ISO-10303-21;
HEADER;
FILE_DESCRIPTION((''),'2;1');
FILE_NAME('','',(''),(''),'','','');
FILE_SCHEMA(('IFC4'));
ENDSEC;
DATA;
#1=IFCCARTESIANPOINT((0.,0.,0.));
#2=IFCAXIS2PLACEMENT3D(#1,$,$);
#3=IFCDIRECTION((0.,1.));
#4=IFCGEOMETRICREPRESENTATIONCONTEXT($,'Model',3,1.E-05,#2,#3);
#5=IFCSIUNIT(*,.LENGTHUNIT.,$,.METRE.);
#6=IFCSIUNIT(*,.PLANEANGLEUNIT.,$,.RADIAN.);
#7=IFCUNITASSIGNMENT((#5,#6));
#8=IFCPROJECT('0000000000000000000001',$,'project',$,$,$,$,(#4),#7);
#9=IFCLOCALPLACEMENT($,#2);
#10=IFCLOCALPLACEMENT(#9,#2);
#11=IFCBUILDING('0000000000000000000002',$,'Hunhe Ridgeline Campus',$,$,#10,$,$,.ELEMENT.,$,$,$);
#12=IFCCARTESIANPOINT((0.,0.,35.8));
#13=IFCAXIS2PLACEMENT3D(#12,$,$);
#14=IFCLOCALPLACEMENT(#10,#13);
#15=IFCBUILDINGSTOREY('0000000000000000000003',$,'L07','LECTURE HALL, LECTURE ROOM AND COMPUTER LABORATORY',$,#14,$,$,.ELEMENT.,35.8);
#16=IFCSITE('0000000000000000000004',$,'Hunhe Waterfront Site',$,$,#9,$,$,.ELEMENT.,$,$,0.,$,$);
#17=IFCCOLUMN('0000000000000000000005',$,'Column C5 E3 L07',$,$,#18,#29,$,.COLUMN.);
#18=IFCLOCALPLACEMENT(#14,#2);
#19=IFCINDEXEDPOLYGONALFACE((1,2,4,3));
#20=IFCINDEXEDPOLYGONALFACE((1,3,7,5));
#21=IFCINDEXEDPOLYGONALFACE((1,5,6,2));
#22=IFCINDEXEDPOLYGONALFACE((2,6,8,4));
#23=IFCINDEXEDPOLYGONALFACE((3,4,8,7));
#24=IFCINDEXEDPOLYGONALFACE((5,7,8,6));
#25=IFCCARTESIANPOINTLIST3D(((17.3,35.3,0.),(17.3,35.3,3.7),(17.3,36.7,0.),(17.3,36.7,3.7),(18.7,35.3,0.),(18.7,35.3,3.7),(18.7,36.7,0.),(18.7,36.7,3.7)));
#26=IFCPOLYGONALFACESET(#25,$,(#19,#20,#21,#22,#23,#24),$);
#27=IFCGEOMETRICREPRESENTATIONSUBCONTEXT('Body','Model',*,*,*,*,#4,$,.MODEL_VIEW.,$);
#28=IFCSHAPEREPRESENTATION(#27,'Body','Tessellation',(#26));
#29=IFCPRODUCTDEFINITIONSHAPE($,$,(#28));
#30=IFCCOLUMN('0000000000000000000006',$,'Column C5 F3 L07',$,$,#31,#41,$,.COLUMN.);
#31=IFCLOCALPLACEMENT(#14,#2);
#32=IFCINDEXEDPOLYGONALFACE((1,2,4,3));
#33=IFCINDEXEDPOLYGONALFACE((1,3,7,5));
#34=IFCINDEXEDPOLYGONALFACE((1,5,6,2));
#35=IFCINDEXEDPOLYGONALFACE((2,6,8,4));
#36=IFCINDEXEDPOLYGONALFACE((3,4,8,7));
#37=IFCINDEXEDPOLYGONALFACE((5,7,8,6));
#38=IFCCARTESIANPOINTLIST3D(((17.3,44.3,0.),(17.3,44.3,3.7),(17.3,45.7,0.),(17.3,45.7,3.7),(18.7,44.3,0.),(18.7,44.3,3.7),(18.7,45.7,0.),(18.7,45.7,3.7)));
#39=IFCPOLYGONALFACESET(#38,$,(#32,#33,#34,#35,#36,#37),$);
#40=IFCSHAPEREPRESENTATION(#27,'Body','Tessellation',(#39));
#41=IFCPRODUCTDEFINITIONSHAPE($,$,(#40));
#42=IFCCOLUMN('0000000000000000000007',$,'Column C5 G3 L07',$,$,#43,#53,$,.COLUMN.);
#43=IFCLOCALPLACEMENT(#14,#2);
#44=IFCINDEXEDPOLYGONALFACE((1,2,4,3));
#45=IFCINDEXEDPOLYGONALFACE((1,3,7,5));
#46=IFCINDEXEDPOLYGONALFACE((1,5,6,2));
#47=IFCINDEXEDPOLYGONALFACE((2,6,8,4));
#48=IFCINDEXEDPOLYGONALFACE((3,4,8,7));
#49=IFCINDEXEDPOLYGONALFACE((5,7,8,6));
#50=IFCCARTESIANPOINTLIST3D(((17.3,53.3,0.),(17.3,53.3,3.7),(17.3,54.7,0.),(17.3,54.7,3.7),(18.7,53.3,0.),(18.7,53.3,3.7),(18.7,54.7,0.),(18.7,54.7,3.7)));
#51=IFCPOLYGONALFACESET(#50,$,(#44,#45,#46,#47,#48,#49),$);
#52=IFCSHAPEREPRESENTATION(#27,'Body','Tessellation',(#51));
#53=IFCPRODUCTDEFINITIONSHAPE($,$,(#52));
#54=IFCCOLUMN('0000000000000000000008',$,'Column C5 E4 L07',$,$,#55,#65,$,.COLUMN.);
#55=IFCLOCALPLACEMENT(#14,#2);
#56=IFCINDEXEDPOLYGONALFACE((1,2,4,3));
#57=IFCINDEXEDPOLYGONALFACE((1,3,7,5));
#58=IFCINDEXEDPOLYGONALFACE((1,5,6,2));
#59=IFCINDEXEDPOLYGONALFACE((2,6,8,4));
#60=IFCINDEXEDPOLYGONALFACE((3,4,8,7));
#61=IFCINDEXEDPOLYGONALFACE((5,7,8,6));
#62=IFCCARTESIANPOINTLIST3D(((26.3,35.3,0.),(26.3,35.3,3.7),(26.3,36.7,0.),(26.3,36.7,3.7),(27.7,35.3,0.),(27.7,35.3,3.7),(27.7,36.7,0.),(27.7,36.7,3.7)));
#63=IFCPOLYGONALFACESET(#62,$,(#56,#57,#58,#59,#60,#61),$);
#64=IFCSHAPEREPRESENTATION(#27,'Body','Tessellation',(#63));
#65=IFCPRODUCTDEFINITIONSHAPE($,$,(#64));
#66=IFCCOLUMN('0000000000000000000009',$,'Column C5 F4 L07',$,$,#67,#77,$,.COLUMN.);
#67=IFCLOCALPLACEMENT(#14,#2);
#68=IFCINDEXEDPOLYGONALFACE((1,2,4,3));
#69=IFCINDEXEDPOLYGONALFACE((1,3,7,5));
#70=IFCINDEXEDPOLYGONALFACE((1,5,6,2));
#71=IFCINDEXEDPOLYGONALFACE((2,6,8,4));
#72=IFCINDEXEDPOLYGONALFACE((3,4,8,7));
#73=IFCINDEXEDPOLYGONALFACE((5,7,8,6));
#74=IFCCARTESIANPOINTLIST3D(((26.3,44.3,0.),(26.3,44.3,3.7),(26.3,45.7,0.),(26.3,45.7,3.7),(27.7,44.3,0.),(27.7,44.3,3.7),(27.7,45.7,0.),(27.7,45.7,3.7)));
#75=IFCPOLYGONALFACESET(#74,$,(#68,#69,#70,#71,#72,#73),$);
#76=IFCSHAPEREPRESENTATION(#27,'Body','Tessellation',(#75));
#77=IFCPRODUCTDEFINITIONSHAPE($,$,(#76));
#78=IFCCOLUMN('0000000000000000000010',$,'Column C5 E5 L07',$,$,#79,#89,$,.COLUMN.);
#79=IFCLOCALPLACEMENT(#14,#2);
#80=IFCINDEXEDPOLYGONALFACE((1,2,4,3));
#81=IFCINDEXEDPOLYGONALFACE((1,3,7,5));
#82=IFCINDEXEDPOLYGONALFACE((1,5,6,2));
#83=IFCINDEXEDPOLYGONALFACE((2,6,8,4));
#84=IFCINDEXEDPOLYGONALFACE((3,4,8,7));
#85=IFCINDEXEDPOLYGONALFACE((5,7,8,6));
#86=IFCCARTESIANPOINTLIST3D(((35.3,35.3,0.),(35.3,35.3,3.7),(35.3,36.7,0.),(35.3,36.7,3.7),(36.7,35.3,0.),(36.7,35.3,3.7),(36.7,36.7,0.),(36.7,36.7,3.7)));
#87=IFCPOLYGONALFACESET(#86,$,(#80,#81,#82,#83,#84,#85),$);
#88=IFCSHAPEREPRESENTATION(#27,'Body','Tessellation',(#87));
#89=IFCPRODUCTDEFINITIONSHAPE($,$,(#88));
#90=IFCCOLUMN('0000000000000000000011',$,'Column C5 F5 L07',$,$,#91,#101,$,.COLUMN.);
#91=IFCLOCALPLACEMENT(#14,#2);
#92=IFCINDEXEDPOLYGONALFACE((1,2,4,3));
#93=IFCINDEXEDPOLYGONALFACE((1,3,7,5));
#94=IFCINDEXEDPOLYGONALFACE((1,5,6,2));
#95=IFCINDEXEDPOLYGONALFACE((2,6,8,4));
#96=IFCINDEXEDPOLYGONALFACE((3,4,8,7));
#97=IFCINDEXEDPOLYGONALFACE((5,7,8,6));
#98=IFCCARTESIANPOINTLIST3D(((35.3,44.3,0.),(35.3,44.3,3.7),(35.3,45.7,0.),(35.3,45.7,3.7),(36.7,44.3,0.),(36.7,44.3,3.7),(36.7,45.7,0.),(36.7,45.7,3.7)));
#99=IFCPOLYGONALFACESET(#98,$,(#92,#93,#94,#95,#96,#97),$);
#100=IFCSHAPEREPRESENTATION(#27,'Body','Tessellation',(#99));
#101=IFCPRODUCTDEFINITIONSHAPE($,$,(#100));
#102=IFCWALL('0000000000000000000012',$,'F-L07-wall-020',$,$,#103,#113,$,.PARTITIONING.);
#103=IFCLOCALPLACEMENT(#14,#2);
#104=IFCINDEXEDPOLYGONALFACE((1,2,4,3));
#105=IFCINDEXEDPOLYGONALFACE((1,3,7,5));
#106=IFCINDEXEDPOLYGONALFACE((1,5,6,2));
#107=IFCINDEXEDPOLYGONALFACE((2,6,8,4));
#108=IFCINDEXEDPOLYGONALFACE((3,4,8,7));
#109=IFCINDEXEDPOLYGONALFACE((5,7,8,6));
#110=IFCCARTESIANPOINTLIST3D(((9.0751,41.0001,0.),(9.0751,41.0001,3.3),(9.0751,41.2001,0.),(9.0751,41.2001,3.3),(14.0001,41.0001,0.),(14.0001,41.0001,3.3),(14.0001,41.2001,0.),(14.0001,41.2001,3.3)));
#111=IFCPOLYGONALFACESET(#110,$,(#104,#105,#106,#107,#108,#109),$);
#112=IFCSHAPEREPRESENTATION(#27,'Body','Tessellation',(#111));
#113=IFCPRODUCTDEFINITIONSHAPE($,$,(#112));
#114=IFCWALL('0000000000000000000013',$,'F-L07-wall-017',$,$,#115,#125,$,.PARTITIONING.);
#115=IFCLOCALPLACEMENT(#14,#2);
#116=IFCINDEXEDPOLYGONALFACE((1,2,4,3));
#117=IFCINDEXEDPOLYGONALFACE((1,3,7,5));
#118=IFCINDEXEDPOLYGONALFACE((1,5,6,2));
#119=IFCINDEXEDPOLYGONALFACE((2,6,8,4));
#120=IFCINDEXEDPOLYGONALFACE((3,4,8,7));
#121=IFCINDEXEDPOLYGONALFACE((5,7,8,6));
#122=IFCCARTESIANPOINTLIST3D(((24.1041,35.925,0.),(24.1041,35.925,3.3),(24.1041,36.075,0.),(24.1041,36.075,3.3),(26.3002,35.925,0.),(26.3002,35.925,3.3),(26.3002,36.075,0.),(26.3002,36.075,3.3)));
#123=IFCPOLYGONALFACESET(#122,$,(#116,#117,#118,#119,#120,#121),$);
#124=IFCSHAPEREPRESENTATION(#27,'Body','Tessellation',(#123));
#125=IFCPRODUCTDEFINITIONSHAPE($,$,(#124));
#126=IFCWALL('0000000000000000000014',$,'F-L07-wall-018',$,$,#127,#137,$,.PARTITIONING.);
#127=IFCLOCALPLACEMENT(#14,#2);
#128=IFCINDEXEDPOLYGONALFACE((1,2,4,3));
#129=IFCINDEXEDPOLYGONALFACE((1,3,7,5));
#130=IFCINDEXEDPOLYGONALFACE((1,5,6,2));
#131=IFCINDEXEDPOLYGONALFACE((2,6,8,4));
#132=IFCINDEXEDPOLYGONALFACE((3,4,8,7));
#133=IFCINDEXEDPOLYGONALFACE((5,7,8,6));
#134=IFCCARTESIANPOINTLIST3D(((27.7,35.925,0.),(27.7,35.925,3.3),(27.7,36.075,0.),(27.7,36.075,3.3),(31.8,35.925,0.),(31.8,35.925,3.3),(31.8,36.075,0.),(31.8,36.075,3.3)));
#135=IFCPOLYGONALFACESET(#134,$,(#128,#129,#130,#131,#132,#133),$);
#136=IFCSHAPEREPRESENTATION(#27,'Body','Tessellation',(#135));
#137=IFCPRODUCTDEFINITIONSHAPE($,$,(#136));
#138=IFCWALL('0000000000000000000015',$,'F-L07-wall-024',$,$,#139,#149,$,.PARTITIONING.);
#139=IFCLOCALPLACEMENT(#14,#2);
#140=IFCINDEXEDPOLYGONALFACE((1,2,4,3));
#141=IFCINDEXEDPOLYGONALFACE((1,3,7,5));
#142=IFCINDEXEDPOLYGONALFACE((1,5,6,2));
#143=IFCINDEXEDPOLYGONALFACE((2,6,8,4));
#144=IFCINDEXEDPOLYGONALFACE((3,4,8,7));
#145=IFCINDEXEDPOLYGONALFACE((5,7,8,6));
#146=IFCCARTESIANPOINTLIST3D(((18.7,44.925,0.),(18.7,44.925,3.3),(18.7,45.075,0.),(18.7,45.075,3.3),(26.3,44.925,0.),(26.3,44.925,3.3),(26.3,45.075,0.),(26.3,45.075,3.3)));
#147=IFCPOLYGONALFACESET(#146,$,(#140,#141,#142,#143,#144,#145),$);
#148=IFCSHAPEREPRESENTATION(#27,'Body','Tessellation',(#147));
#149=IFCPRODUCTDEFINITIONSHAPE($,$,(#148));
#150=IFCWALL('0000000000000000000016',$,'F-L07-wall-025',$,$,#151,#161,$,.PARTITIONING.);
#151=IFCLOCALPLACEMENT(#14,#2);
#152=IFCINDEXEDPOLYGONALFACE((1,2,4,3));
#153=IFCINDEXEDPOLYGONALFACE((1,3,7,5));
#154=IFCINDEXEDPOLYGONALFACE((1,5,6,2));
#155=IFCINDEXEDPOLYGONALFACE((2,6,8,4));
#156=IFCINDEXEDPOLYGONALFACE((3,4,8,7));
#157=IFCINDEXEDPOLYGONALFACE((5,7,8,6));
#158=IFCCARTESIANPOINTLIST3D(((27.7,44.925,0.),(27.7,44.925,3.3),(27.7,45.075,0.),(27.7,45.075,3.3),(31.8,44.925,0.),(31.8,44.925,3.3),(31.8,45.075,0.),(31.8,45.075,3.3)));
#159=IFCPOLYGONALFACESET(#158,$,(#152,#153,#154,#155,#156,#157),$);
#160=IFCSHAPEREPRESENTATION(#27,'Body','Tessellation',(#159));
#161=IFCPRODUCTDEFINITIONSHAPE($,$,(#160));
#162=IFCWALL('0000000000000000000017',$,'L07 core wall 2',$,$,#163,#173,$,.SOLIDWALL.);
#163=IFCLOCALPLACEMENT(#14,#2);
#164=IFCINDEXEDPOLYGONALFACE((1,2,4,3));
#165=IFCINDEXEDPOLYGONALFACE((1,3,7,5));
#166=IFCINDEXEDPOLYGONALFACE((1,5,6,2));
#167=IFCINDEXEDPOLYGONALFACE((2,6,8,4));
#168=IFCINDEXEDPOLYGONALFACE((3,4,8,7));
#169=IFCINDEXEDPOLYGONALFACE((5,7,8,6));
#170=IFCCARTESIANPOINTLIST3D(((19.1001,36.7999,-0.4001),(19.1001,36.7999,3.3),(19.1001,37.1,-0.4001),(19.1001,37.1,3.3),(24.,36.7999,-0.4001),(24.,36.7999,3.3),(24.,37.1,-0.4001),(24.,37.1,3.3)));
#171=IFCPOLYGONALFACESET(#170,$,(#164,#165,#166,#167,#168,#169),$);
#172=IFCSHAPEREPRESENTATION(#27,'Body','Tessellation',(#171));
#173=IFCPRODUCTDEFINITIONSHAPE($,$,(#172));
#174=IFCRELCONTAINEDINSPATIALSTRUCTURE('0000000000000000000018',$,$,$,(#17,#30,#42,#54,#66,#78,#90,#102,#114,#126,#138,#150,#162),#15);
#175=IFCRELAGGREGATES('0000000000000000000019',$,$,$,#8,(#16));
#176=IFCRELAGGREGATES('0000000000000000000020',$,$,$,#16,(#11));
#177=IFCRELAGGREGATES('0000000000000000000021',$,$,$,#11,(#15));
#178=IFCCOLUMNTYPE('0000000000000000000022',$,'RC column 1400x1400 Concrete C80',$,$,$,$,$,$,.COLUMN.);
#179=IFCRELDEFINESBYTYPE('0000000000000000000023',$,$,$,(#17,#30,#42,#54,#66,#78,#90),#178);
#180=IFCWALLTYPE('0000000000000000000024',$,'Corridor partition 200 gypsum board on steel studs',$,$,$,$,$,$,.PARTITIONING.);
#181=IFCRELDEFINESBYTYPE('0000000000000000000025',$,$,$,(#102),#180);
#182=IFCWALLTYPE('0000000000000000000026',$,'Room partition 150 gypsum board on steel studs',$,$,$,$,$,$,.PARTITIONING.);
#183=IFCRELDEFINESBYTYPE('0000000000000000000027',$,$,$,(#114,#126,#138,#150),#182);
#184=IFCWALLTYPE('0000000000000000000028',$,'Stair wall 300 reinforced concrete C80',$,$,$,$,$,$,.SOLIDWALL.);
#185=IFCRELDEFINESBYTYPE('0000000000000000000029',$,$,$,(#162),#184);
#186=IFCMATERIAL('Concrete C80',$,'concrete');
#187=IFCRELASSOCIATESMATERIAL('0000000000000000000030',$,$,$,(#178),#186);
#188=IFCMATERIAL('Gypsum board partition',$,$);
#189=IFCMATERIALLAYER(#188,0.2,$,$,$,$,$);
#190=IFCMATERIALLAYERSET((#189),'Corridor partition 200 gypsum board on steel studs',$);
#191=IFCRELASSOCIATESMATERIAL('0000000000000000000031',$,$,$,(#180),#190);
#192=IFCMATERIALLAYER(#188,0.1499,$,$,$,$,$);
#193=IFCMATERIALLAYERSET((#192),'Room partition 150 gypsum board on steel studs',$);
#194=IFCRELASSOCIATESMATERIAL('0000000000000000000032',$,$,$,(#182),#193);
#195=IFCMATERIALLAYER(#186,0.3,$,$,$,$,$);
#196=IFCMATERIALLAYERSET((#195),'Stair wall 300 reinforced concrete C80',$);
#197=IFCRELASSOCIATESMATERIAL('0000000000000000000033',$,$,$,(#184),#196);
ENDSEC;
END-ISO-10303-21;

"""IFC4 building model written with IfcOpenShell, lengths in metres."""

from ifc_helpers import new_model, si_unit, direction, frame, frame_2d, origin, origin_2d, place, context, subcontext, project, spatial, rectangle, extrude, material, layer, layer_set, material_profile, profile_set, type_object, element, save


model = new_model("IFC4")

# Units and contexts
model_context = context("Model", 3, precision=1e-05, world=origin(), true_north=direction((0.0, 1.0)))
body_context = subcontext(model_context, "Body", "Model", "MODEL_VIEW")
ifc_project = project(units=[si_unit("LENGTHUNIT", "METRE"), si_unit("PLANEANGLEUNIT", "RADIAN")], contexts=[model_context])

# Site, building, storey
site_placement = place(None, origin())
site = spatial("IfcSite", under=ifc_project, at=site_placement, Name="Hunhe Waterfront Site", CompositionType="ELEMENT", RefElevation=0.0)
building_placement = place(site_placement, origin())
building = spatial("IfcBuilding", under=site, at=building_placement, Name="Hunhe Ridgeline Campus", CompositionType="ELEMENT")
storey_placement = place(building_placement, frame((0.0, 0.0, 35.8)))
storey = spatial("IfcBuildingStorey", under=building, at=storey_placement, Name="L07", Description="LECTURE HALL, LECTURE ROOM AND COMPUTER LABORATORY", CompositionType="ELEMENT", Elevation=35.8)

# Columns
ifc_material_1 = material(Name="Concrete C80", Category="concrete")
ifc_material_profile = material_profile(ifc_material_1, rectangle(XDim=1.3999, YDim=1.3999, at=origin_2d()))
ifc_profile_set = profile_set([ifc_material_profile], Name="Concrete C80")
column_type = type_object("IfcColumnType", Name="RC column 1400x1400 Concrete C80", PredefinedType="COLUMN", material=ifc_profile_set)
for number, where, z_axis, x_axis, name in (
    (1, (18.0, 36.0, 0.0), (0.0, 0.0, 1.0), (1.0, 0.0, 0.0), "Column C5 E3 L07"),
    (2, (18.0, 45.0, 0.0), (0.0, 0.0, 1.0), (1.0, 0.0, 0.0), "Column C5 F3 L07"),
    (3, (18.0, 54.0, 0.0), (0.0, 0.0, 1.0), (1.0, 0.0, 0.0), "Column C5 G3 L07"),
    (4, (27.0, 36.0, 0.0), (0.0, 0.0, 1.0), (1.0, 0.0, 0.0), "Column C5 E4 L07"),
    (5, (27.0, 45.0, 0.0), (0.0, 0.0, 1.0), (1.0, 0.0, 0.0), "Column C5 F4 L07"),
    (6, (36.0, 36.0, 0.0), (0.0, 0.0, 1.0), (1.0, 0.0, 0.0), "Column C5 E5 L07"),
    (7, (36.0, 45.0, 0.0), (0.0, 0.0, 1.0), (1.0, 0.0, 0.0), "Column C5 F5 L07"),
):
    element("IfcColumn", number, at=place(storey_placement, frame(where, z_axis=z_axis, x_axis=x_axis)), inside=storey, type_object=column_type, Name=name, PredefinedType="COLUMN", context=body_context, shape_type="SweptSolid", body=[
        extrude(rectangle(XDim=1.3999, YDim=1.3999, at=origin_2d()), origin(), (0.0, 0.0, 1.0), 3.7),
    ])

# Wall
ifc_material_2 = material(Name="Gypsum board partition")
ifc_layer_1 = layer(ifc_material_2, 0.2)
ifc_layer_set_1 = layer_set([ifc_layer_1], Name="Corridor partition 200 gypsum board on steel studs")
wall_type_1 = type_object("IfcWallType", Name="Corridor partition 200 gypsum board on steel studs", PredefinedType="PARTITIONING", material=ifc_layer_set_1)
wall_1_placement = place(storey_placement, frame((14.0, 41.1001, 0.0), z_axis=(0.0, 0.0, 1.0), x_axis=(-1.0, 0.0, 0.0)))
element("IfcWall", 8, at=wall_1_placement, inside=storey, type_object=wall_type_1, Name="F-L07-wall-020", PredefinedType="PARTITIONING", context=body_context, shape_type="SweptSolid", body=[
    extrude(rectangle(XDim=4.925, YDim=0.2, at=frame_2d((2.4624, 0.0))), origin(), (0.0, 0.0, 1.0), 3.3),
])

# Walls
ifc_layer_2 = layer(ifc_material_2, 0.1499)
ifc_layer_set_2 = layer_set([ifc_layer_2], Name="Room partition 150 gypsum board on steel studs")
wall_type_2 = type_object("IfcWallType", Name="Room partition 150 gypsum board on steel studs", PredefinedType="PARTITIONING", material=ifc_layer_set_2)
wall_2_placement = place(storey_placement, frame((24.104, 36.0, 0.0), z_axis=(0.0, 0.0, 1.0), x_axis=(1.0, 0.0, 0.0)))
element("IfcWall", 9, at=wall_2_placement, inside=storey, type_object=wall_type_2, Name="F-L07-wall-017", PredefinedType="PARTITIONING", context=body_context, shape_type="SweptSolid", body=[
    extrude(rectangle(XDim=2.196, YDim=0.1499, at=frame_2d((1.0981, 0.0))), origin(), (0.0, 0.0, 1.0), 3.3),
])
wall_3_placement = place(storey_placement, frame((27.7, 36.0, 0.0), z_axis=(0.0, 0.0, 1.0), x_axis=(1.0, 0.0, 0.0)))
element("IfcWall", 10, at=wall_3_placement, inside=storey, type_object=wall_type_2, Name="F-L07-wall-018", PredefinedType="PARTITIONING", context=body_context, shape_type="SweptSolid", body=[
    extrude(rectangle(XDim=4.1001, YDim=0.1499, at=frame_2d((2.05, 0.0))), origin(), (0.0, 0.0, 1.0), 3.3),
])
wall_4_placement = place(storey_placement, frame((18.7, 45.0, 0.0), z_axis=(0.0, 0.0, 1.0), x_axis=(1.0, 0.0, 0.0)))
element("IfcWall", 11, at=wall_4_placement, inside=storey, type_object=wall_type_2, Name="F-L07-wall-024", PredefinedType="PARTITIONING", context=body_context, shape_type="SweptSolid", body=[
    extrude(rectangle(XDim=7.6001, YDim=0.1499, at=frame_2d((3.8, 0.0))), origin(), (0.0, 0.0, 1.0), 3.3),
])
wall_5_placement = place(storey_placement, frame((27.7, 45.0, 0.0), z_axis=(0.0, 0.0, 1.0), x_axis=(1.0, 0.0, 0.0)))
element("IfcWall", 12, at=wall_5_placement, inside=storey, type_object=wall_type_2, Name="F-L07-wall-025", PredefinedType="PARTITIONING", context=body_context, shape_type="SweptSolid", body=[
    extrude(rectangle(XDim=4.1001, YDim=0.1499, at=frame_2d((2.05, 0.0))), origin(), (0.0, 0.0, 1.0), 3.3),
])
ifc_layer_3 = layer(ifc_material_1, 0.3)
ifc_layer_set_3 = layer_set([ifc_layer_3], Name="Stair wall 300 reinforced concrete C80")
wall_type_3 = type_object("IfcWallType", Name="Stair wall 300 reinforced concrete C80", PredefinedType="SOLIDWALL", material=ifc_layer_set_3)
wall_6_placement = place(storey_placement, frame((19.1001, 36.95, -0.4001), z_axis=(0.0, 0.0, 1.0), x_axis=(1.0, 0.0, 0.0)))
element("IfcWall", 13, at=wall_6_placement, inside=storey, type_object=wall_type_3, Name="L07 core wall 2", PredefinedType="SOLIDWALL", context=body_context, shape_type="SweptSolid", body=[
    extrude(rectangle(XDim=4.8999, YDim=0.3, at=frame_2d((2.45, 0.0))), origin(), (0.0, 0.0, 1.0), 3.7002),
])

save(model, "model.ifc")
